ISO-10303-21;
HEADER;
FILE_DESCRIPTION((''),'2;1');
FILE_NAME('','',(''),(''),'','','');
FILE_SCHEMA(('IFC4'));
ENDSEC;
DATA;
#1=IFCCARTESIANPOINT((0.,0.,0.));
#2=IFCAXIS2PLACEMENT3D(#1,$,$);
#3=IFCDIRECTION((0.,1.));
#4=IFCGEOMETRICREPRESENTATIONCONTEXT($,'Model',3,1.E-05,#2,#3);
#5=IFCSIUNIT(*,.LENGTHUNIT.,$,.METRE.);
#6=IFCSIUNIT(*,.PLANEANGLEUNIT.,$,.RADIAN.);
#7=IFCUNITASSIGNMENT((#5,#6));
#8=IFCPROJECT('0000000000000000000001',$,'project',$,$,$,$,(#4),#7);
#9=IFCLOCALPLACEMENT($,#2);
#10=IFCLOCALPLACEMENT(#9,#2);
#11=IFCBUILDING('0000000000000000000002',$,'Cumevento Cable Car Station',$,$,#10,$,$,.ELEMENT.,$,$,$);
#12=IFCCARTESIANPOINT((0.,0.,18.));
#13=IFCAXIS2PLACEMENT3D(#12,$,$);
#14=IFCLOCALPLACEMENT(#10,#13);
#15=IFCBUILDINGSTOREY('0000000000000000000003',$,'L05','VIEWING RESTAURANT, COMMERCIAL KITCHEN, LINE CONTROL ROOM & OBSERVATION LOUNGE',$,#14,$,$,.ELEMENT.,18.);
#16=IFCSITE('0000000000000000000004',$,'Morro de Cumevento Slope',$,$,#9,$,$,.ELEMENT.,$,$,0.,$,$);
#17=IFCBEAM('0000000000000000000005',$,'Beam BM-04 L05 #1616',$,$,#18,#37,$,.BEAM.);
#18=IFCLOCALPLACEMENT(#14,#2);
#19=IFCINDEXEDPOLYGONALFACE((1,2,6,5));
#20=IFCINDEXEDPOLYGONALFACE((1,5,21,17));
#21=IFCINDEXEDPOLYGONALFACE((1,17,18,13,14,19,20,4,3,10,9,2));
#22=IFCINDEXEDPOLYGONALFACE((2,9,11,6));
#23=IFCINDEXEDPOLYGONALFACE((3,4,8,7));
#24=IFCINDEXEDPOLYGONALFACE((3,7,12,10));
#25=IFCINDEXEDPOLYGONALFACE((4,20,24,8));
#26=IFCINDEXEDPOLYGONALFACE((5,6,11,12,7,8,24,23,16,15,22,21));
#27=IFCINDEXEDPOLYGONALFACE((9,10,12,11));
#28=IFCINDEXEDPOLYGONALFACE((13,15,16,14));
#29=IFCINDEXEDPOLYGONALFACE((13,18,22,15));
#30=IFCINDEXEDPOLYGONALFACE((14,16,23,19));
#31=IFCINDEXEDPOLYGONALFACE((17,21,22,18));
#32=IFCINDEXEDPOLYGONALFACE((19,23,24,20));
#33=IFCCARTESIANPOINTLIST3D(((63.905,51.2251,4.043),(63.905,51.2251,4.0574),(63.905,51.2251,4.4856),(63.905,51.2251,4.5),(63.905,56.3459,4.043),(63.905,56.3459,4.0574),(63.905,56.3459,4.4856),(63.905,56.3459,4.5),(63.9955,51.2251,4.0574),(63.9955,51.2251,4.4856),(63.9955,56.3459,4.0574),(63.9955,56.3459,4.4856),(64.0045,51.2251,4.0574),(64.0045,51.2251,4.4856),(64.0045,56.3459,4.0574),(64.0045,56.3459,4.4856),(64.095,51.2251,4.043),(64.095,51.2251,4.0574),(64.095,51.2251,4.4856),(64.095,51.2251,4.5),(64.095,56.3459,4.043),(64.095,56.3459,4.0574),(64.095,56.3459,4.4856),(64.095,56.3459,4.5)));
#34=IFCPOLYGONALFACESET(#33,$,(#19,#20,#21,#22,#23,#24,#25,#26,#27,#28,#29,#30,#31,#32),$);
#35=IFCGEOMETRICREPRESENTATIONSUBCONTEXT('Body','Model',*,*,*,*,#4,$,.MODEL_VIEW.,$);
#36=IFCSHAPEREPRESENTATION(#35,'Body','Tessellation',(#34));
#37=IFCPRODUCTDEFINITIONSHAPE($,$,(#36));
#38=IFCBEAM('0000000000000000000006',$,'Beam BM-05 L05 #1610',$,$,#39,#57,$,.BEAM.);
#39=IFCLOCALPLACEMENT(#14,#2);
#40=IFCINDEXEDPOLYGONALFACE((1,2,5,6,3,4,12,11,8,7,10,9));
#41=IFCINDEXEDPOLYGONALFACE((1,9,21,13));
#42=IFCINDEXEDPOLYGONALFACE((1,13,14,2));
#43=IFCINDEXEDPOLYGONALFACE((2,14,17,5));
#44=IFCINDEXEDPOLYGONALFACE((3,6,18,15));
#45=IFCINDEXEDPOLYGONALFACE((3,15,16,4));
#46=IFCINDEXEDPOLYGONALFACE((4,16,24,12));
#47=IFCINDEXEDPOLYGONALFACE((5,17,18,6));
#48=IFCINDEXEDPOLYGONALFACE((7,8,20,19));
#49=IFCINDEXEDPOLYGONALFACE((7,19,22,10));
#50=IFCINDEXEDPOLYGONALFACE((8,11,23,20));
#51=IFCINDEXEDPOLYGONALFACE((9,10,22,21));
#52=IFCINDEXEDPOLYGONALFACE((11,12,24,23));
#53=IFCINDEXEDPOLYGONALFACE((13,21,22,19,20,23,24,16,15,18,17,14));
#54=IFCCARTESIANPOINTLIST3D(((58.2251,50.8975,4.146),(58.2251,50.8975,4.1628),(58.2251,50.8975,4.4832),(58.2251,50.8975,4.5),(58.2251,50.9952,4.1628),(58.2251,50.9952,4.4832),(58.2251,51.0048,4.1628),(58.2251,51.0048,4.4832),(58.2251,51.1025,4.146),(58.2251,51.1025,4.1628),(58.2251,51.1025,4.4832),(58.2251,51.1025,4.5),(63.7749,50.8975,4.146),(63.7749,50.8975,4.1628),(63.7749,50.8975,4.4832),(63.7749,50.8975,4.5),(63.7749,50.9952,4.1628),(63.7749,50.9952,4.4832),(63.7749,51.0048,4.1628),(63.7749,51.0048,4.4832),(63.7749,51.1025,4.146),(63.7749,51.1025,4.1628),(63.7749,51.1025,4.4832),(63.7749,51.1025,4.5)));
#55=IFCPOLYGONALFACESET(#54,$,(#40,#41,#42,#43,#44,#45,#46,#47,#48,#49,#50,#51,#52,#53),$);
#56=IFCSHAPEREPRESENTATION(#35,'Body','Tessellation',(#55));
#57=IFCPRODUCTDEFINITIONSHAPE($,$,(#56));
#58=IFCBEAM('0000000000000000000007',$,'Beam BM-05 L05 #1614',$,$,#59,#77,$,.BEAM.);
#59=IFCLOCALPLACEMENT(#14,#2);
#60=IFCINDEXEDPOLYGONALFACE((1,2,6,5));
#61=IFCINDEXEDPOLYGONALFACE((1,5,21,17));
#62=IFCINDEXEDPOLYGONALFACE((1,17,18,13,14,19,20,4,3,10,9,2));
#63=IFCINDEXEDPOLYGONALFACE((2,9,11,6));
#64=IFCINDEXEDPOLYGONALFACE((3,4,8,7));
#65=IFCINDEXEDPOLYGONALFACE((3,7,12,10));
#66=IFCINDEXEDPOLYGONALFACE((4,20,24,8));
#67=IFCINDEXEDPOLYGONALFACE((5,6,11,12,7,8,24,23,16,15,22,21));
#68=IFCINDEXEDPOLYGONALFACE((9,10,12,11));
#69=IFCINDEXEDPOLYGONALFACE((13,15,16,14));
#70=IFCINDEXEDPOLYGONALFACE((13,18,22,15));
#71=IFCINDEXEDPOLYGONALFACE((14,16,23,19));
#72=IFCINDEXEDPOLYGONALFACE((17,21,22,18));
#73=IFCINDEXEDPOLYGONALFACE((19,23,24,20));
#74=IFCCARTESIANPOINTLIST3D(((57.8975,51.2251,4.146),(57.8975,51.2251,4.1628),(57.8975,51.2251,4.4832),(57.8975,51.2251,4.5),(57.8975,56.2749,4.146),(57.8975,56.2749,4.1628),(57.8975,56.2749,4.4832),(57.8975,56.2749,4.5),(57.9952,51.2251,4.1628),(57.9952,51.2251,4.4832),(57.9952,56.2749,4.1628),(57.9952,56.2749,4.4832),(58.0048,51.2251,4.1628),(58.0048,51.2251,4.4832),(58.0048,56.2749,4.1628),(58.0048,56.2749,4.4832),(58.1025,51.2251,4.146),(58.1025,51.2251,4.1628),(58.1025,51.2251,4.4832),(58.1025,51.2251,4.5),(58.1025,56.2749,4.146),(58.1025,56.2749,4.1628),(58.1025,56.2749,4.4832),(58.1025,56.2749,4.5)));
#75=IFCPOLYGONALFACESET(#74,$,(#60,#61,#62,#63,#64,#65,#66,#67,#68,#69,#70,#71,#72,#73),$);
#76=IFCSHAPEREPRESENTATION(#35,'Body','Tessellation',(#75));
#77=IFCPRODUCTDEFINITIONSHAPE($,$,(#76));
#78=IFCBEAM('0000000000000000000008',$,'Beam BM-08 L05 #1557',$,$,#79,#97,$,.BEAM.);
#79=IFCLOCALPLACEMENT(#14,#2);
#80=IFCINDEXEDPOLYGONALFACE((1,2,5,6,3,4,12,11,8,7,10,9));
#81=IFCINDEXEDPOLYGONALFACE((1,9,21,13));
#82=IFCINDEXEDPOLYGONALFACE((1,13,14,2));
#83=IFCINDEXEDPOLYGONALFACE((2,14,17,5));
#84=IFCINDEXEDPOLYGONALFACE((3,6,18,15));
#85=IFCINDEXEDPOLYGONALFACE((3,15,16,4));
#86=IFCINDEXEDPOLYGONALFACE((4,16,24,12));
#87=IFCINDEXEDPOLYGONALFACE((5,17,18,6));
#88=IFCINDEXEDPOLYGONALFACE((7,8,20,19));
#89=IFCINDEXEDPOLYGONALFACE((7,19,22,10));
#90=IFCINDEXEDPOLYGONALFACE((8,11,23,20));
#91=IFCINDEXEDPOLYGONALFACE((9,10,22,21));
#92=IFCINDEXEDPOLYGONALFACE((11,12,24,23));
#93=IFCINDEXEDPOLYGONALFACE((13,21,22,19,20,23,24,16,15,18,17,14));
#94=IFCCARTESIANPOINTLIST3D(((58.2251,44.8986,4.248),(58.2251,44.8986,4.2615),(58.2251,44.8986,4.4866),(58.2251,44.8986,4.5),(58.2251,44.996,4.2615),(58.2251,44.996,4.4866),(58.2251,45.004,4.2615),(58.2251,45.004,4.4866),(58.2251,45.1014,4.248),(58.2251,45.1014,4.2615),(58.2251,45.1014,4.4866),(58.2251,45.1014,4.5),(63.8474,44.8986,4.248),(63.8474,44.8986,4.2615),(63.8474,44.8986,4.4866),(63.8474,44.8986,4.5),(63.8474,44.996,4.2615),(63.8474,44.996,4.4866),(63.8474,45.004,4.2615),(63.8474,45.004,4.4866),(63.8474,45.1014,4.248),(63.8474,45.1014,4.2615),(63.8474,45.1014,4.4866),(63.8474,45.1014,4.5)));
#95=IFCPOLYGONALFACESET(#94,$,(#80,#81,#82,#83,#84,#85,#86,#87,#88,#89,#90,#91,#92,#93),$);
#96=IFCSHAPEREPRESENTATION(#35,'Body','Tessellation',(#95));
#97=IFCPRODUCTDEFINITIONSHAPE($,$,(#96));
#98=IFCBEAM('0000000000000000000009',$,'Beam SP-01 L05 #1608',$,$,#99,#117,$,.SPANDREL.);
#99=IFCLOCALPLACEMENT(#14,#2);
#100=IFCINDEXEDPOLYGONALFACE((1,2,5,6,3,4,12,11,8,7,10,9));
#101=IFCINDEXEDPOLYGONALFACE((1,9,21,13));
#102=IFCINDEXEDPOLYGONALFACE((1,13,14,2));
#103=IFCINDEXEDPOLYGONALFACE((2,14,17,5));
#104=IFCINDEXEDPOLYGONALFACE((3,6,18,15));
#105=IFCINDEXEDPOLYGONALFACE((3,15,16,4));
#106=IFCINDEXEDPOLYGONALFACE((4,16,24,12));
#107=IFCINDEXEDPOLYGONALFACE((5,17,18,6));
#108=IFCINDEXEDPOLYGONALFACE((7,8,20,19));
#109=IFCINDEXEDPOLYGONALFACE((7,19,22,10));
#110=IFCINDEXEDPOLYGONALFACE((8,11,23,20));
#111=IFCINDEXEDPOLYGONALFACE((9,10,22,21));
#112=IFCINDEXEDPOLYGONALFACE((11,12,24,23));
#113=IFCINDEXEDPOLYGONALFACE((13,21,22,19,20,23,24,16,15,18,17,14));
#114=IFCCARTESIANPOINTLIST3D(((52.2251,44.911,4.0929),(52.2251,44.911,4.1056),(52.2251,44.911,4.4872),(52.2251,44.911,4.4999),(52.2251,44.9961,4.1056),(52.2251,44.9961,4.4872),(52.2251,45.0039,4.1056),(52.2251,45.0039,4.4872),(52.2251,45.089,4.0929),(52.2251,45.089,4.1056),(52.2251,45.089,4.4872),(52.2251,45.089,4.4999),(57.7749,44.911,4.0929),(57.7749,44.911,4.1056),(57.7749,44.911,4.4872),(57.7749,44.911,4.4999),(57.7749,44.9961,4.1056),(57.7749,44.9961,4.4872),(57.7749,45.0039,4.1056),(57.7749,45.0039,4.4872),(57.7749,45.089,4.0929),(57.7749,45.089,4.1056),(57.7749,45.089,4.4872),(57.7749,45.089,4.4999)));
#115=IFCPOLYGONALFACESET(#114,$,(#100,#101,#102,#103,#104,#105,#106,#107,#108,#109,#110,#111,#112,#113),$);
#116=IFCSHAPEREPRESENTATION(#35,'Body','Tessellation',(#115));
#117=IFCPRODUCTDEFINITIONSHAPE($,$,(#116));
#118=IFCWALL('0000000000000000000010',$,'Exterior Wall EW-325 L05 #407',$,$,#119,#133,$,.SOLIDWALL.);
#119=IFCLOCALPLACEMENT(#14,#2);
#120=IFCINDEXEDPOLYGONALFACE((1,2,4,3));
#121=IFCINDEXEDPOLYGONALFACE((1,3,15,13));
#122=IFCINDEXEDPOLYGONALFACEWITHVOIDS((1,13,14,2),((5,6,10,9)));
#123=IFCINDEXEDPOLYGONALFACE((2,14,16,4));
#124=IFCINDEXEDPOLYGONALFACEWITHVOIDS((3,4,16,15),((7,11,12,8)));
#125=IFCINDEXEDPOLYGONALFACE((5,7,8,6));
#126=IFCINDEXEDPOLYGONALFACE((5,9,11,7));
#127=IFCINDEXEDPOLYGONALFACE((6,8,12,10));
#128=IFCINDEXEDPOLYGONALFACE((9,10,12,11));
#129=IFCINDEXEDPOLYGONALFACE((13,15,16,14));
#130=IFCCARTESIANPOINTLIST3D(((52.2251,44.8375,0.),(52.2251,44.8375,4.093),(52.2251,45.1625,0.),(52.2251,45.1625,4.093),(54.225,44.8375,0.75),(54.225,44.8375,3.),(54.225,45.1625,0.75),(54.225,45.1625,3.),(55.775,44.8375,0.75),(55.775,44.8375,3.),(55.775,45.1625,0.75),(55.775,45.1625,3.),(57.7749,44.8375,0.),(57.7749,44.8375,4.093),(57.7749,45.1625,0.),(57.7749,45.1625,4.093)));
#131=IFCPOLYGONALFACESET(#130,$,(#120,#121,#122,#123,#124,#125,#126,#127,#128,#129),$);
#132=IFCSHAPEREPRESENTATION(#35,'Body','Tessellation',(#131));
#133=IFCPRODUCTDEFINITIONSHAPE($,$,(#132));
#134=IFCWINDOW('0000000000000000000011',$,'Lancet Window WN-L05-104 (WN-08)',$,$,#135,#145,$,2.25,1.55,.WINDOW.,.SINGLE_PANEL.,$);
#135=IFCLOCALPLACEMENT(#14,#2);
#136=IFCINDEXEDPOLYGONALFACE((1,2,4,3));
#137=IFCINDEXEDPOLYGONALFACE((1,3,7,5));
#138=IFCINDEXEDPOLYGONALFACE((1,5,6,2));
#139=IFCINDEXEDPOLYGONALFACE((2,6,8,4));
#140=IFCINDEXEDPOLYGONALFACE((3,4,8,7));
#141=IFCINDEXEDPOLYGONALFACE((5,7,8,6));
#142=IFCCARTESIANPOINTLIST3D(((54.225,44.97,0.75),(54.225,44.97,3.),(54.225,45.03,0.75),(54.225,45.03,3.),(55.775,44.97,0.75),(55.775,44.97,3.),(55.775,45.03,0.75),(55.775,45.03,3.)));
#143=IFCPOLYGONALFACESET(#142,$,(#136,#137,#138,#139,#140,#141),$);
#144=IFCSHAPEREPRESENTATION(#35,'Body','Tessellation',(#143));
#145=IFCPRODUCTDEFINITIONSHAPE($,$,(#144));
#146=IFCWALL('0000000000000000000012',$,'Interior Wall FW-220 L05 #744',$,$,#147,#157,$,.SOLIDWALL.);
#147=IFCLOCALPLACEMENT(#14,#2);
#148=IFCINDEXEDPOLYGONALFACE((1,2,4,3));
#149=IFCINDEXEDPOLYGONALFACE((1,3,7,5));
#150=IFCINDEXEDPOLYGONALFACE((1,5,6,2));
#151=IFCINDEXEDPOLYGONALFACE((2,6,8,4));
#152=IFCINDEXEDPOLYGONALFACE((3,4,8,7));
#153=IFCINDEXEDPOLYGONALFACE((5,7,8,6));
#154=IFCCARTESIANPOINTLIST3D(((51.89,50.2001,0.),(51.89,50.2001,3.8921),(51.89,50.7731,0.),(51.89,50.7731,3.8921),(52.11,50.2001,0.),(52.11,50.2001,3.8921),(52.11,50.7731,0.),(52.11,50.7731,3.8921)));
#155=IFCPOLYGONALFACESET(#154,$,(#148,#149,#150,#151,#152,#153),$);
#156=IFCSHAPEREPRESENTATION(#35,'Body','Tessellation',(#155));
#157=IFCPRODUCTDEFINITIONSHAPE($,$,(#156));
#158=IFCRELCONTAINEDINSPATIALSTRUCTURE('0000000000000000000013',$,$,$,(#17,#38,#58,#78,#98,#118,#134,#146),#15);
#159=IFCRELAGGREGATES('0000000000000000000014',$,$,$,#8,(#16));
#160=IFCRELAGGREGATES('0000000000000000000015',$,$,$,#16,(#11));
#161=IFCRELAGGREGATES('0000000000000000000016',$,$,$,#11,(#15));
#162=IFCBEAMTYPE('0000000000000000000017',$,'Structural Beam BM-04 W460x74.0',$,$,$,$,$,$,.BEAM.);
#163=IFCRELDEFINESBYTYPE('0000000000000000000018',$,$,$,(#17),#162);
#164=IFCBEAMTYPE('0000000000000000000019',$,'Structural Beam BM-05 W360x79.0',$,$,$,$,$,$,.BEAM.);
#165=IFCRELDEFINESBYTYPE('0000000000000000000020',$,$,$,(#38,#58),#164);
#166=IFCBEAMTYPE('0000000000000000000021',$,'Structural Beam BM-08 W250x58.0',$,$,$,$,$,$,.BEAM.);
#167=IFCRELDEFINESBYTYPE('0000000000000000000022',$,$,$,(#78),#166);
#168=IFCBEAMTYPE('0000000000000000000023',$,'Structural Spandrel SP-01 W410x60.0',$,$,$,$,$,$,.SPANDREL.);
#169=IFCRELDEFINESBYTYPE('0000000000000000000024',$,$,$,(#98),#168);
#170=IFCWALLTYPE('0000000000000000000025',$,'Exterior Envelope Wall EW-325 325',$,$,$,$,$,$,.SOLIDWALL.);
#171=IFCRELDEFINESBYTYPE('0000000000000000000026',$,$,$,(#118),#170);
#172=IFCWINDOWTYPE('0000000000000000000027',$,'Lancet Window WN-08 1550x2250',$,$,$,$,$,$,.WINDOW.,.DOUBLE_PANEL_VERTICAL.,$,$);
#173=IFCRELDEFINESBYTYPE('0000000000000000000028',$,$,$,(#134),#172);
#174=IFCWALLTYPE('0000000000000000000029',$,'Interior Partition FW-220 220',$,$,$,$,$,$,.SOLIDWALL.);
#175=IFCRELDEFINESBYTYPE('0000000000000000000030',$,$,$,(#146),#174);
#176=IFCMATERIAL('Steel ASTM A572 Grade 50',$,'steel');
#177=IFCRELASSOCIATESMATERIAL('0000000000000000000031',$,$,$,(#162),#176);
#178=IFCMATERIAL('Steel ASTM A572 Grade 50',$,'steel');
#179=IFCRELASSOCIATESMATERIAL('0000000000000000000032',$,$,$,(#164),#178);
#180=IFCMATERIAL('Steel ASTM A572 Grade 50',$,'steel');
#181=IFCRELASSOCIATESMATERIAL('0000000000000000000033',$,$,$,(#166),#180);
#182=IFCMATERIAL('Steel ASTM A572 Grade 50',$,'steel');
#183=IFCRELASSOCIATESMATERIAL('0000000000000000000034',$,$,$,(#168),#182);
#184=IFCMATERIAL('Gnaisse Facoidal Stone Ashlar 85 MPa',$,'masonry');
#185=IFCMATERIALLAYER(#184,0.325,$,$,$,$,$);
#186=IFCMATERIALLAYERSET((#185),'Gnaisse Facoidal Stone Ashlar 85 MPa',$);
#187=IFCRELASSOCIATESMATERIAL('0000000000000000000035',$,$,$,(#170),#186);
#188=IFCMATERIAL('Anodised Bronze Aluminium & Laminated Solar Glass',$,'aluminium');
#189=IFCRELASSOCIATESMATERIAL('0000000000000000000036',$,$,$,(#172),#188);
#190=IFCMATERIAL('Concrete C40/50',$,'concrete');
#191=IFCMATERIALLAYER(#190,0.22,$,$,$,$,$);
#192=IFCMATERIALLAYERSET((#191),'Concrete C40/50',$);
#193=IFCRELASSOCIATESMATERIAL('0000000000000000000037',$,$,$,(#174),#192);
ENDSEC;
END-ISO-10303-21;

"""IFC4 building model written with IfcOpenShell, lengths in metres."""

from ifc_helpers import new_model, si_unit, direction, frame, frame_2d, origin, origin_2d, place, context, subcontext, project, spatial, rectangle, i_section, extrude, material, layer, layer_set, material_profile, profile_set, type_object, element, fill, save


model = new_model("IFC4")

# Units and contexts
model_context = context("Model", 3, precision=1e-05, world=origin(), true_north=direction((0.0, 1.0)))
body_context = subcontext(model_context, "Body", "Model", "MODEL_VIEW")
ifc_project = project(units=[si_unit("LENGTHUNIT", "METRE"), si_unit("PLANEANGLEUNIT", "RADIAN")], contexts=[model_context])

# Site, building, storey
site_placement = place(None, origin())
site = spatial("IfcSite", under=ifc_project, at=site_placement, Name="Morro de Cumevento Slope", CompositionType="ELEMENT", RefElevation=0.0)
building_placement = place(site_placement, origin())
building = spatial("IfcBuilding", under=site, at=building_placement, Name="Cumevento Cable Car Station", CompositionType="ELEMENT")
storey_placement = place(building_placement, frame((0.0, 0.0, 18.0)))
storey = spatial("IfcBuildingStorey", under=building, at=storey_placement, Name="L05", Description="VIEWING RESTAURANT, COMMERCIAL KITCHEN, LINE CONTROL ROOM & OBSERVATION LOUNGE", CompositionType="ELEMENT", Elevation=18.0)

# Beams
ifc_material_1 = material(Name="Steel ASTM A572 Grade 50", Category="steel")
ifc_material_profile_1 = material_profile(ifc_material_1, i_section(OverallWidth=0.1899, OverallDepth=0.457, WebThickness=0.009, FlangeThickness=0.0144, at=origin_2d()), Name="W460x74.0")
ifc_profile_set_1 = profile_set([ifc_material_profile_1], Name="Steel ASTM A572 Grade 50")
beam_type_1 = type_object("IfcBeamType", Name="Structural Beam BM-04 W460x74.0", PredefinedType="BEAM", material=ifc_profile_set_1)
beam_1_placement = place(storey_placement, frame((64.0, 51.2251, 4.2715), z_axis=(0.0, 1.0, 0.0), x_axis=(-1.0, 0.0, 0.0)))
element("IfcBeam", 1, at=beam_1_placement, inside=storey, type_object=beam_type_1, Name="Beam BM-04 L05 #1616", PredefinedType="BEAM", context=body_context, shape_type="SweptSolid", body=[
    extrude(i_section(OverallWidth=0.1899, OverallDepth=0.457, WebThickness=0.009, FlangeThickness=0.0144, at=origin_2d()), origin(), (0.0, 0.0, 1.0), 5.1208),
])
ifc_material_2 = material(Name="Steel ASTM A572 Grade 50", Category="steel")
ifc_material_profile_2 = material_profile(ifc_material_2, i_section(OverallWidth=0.2051, OverallDepth=0.354, WebThickness=0.0095, FlangeThickness=0.0168, at=origin_2d()), Name="W360x79.0")
ifc_profile_set_2 = profile_set([ifc_material_profile_2], Name="Steel ASTM A572 Grade 50")
beam_type_2 = type_object("IfcBeamType", Name="Structural Beam BM-05 W360x79.0", PredefinedType="BEAM", material=ifc_profile_set_2)
beam_2_placement = place(storey_placement, frame((58.2251, 51.0, 4.323), z_axis=(1.0, 0.0, 0.0), x_axis=(0.0, 1.0, 0.0)))
element("IfcBeam", 2, at=beam_2_placement, inside=storey, type_object=beam_type_2, Name="Beam BM-05 L05 #1610", PredefinedType="BEAM", context=body_context, shape_type="SweptSolid", body=[
    extrude(i_section(OverallWidth=0.2051, OverallDepth=0.354, WebThickness=0.0095, FlangeThickness=0.0168, at=origin_2d()), origin(), (0.0, 0.0, 1.0), 5.5498),
])
beam_3_placement = place(storey_placement, frame((58.0, 51.2251, 4.323), z_axis=(0.0, 1.0, 0.0), x_axis=(-1.0, 0.0, 0.0)))
element("IfcBeam", 3, at=beam_3_placement, inside=storey, type_object=beam_type_2, Name="Beam BM-05 L05 #1614", PredefinedType="BEAM", context=body_context, shape_type="SweptSolid", body=[
    extrude(i_section(OverallWidth=0.2051, OverallDepth=0.354, WebThickness=0.0095, FlangeThickness=0.0168, at=origin_2d()), origin(), (0.0, 0.0, 1.0), 5.0498),
])
ifc_material_3 = material(Name="Steel ASTM A572 Grade 50", Category="steel")
ifc_material_profile_3 = material_profile(ifc_material_3, i_section(OverallWidth=0.2029, OverallDepth=0.252, WebThickness=0.0081, FlangeThickness=0.0134, at=origin_2d()), Name="W250x58.0")
ifc_profile_set_3 = profile_set([ifc_material_profile_3], Name="Steel ASTM A572 Grade 50")
beam_type_3 = type_object("IfcBeamType", Name="Structural Beam BM-08 W250x58.0", PredefinedType="BEAM", material=ifc_profile_set_3)
beam_4_placement = place(storey_placement, frame((58.2251, 45.0, 4.374), z_axis=(1.0, 0.0, 0.0), x_axis=(0.0, 1.0, 0.0)))
element("IfcBeam", 4, at=beam_4_placement, inside=storey, type_object=beam_type_3, Name="Beam BM-08 L05 #1557", PredefinedType="BEAM", context=body_context, shape_type="SweptSolid", body=[
    extrude(i_section(OverallWidth=0.2029, OverallDepth=0.252, WebThickness=0.0081, FlangeThickness=0.0134, at=origin_2d()), origin(), (0.0, 0.0, 1.0), 5.6223),
])
ifc_material_4 = material(Name="Steel ASTM A572 Grade 50", Category="steel")
ifc_material_profile_4 = material_profile(ifc_material_4, i_section(OverallWidth=0.178, OverallDepth=0.407, WebThickness=0.0078, FlangeThickness=0.0127, at=origin_2d()), Name="W410x60.0")
ifc_profile_set_4 = profile_set([ifc_material_profile_4], Name="Steel ASTM A572 Grade 50")
beam_type_4 = type_object("IfcBeamType", Name="Structural Spandrel SP-01 W410x60.0", PredefinedType="SPANDREL", material=ifc_profile_set_4)
beam_5_placement = place(storey_placement, frame((52.2251, 45.0, 4.2964), z_axis=(1.0, 0.0, 0.0), x_axis=(0.0, 1.0, 0.0)))
element("IfcBeam", 5, at=beam_5_placement, inside=storey, type_object=beam_type_4, Name="Beam SP-01 L05 #1608", PredefinedType="SPANDREL", context=body_context, shape_type="SweptSolid", body=[
    extrude(i_section(OverallWidth=0.178, OverallDepth=0.407, WebThickness=0.0078, FlangeThickness=0.0127, at=origin_2d()), origin(), (0.0, 0.0, 1.0), 5.5498),
])

# Wall, opening, window
ifc_material_5 = material(Name="Gnaisse Facoidal Stone Ashlar 85 MPa", Category="masonry")
ifc_layer_1 = layer(ifc_material_5, 0.325)
ifc_layer_set_1 = layer_set([ifc_layer_1], Name="Gnaisse Facoidal Stone Ashlar 85 MPa")
wall_type_1 = type_object("IfcWallType", Name="Exterior Envelope Wall EW-325 325", PredefinedType="SOLIDWALL", material=ifc_layer_set_1)
wall_1_placement = place(storey_placement, frame((57.7749, 45.0, 0.0), z_axis=(0.0, 0.0, 1.0), x_axis=(-1.0, 0.0, 0.0)))
wall_1 = element("IfcWall", 6, at=wall_1_placement, inside=storey, type_object=wall_type_1, Name="Exterior Wall EW-325 L05 #407", PredefinedType="SOLIDWALL", context=body_context, shape_type="SweptSolid", body=[
    extrude(rectangle(XDim=5.5498, YDim=0.325, at=frame_2d((2.7749, 0.0))), origin(), (0.0, 0.0, 1.0), 4.093),
])
opening_1_placement = place(wall_1_placement, frame((2.0, 0.0, 0.75)))
opening_1 = element("IfcOpeningElement", 7, at=opening_1_placement, cuts=wall_1, PredefinedType="OPENING", context=body_context, shape_type="SweptSolid", body=[
    extrude(rectangle(XDim=1.55, YDim=2.25, at=frame_2d((0.7749, 1.125))), frame((0.0, 0.1726, 0.0), z_axis=(0.0, -1.0, 0.0), x_axis=(1.0, 0.0, 0.0)), (0.0, 0.0, 1.0), 0.345),
])
ifc_material_6 = material(Name="Anodised Bronze Aluminium & Laminated Solar Glass", Category="aluminium")
window_type = type_object("IfcWindowType", Name="Lancet Window WN-08 1550x2250", PartitioningType="DOUBLE_PANEL_VERTICAL", PredefinedType="WINDOW", material=ifc_material_6)
window_placement = place(opening_1_placement, origin())
window = element("IfcWindow", 8, at=window_placement, inside=storey, type_object=window_type, Name="Lancet Window WN-L05-104 (WN-08)", OverallHeight=2.25, OverallWidth=1.55, PartitioningType="SINGLE_PANEL", PredefinedType="WINDOW", context=body_context, shape_type="SweptSolid", body=[
    extrude(rectangle(XDim=1.55, YDim=2.25, at=frame_2d((0.7749, 1.125))), frame((0.0, 0.03, 0.0), z_axis=(0.0, -1.0, 0.0), x_axis=(1.0, 0.0, 0.0)), (0.0, 0.0, 1.0), 0.0601),
])
fill(opening_1, window)

# Wall
ifc_material_7 = material(Name="Concrete C40/50", Category="concrete")
ifc_layer_2 = layer(ifc_material_7, 0.22)
ifc_layer_set_2 = layer_set([ifc_layer_2], Name="Concrete C40/50")
wall_type_2 = type_object("IfcWallType", Name="Interior Partition FW-220 220", PredefinedType="SOLIDWALL", material=ifc_layer_set_2)
wall_2_placement = place(storey_placement, frame((52.0, 50.2, 0.0), z_axis=(0.0, 0.0, 1.0), x_axis=(0.0, 1.0, 0.0)))
element("IfcWall", 9, at=wall_2_placement, inside=storey, type_object=wall_type_2, Name="Interior Wall FW-220 L05 #744", PredefinedType="SOLIDWALL", context=body_context, shape_type="SweptSolid", body=[
    extrude(rectangle(XDim=0.573, YDim=0.22, at=frame_2d((0.2866, 0.0))), origin(), (0.0, 0.0, 1.0), 3.8921),
])

save(model, "model.ifc")
